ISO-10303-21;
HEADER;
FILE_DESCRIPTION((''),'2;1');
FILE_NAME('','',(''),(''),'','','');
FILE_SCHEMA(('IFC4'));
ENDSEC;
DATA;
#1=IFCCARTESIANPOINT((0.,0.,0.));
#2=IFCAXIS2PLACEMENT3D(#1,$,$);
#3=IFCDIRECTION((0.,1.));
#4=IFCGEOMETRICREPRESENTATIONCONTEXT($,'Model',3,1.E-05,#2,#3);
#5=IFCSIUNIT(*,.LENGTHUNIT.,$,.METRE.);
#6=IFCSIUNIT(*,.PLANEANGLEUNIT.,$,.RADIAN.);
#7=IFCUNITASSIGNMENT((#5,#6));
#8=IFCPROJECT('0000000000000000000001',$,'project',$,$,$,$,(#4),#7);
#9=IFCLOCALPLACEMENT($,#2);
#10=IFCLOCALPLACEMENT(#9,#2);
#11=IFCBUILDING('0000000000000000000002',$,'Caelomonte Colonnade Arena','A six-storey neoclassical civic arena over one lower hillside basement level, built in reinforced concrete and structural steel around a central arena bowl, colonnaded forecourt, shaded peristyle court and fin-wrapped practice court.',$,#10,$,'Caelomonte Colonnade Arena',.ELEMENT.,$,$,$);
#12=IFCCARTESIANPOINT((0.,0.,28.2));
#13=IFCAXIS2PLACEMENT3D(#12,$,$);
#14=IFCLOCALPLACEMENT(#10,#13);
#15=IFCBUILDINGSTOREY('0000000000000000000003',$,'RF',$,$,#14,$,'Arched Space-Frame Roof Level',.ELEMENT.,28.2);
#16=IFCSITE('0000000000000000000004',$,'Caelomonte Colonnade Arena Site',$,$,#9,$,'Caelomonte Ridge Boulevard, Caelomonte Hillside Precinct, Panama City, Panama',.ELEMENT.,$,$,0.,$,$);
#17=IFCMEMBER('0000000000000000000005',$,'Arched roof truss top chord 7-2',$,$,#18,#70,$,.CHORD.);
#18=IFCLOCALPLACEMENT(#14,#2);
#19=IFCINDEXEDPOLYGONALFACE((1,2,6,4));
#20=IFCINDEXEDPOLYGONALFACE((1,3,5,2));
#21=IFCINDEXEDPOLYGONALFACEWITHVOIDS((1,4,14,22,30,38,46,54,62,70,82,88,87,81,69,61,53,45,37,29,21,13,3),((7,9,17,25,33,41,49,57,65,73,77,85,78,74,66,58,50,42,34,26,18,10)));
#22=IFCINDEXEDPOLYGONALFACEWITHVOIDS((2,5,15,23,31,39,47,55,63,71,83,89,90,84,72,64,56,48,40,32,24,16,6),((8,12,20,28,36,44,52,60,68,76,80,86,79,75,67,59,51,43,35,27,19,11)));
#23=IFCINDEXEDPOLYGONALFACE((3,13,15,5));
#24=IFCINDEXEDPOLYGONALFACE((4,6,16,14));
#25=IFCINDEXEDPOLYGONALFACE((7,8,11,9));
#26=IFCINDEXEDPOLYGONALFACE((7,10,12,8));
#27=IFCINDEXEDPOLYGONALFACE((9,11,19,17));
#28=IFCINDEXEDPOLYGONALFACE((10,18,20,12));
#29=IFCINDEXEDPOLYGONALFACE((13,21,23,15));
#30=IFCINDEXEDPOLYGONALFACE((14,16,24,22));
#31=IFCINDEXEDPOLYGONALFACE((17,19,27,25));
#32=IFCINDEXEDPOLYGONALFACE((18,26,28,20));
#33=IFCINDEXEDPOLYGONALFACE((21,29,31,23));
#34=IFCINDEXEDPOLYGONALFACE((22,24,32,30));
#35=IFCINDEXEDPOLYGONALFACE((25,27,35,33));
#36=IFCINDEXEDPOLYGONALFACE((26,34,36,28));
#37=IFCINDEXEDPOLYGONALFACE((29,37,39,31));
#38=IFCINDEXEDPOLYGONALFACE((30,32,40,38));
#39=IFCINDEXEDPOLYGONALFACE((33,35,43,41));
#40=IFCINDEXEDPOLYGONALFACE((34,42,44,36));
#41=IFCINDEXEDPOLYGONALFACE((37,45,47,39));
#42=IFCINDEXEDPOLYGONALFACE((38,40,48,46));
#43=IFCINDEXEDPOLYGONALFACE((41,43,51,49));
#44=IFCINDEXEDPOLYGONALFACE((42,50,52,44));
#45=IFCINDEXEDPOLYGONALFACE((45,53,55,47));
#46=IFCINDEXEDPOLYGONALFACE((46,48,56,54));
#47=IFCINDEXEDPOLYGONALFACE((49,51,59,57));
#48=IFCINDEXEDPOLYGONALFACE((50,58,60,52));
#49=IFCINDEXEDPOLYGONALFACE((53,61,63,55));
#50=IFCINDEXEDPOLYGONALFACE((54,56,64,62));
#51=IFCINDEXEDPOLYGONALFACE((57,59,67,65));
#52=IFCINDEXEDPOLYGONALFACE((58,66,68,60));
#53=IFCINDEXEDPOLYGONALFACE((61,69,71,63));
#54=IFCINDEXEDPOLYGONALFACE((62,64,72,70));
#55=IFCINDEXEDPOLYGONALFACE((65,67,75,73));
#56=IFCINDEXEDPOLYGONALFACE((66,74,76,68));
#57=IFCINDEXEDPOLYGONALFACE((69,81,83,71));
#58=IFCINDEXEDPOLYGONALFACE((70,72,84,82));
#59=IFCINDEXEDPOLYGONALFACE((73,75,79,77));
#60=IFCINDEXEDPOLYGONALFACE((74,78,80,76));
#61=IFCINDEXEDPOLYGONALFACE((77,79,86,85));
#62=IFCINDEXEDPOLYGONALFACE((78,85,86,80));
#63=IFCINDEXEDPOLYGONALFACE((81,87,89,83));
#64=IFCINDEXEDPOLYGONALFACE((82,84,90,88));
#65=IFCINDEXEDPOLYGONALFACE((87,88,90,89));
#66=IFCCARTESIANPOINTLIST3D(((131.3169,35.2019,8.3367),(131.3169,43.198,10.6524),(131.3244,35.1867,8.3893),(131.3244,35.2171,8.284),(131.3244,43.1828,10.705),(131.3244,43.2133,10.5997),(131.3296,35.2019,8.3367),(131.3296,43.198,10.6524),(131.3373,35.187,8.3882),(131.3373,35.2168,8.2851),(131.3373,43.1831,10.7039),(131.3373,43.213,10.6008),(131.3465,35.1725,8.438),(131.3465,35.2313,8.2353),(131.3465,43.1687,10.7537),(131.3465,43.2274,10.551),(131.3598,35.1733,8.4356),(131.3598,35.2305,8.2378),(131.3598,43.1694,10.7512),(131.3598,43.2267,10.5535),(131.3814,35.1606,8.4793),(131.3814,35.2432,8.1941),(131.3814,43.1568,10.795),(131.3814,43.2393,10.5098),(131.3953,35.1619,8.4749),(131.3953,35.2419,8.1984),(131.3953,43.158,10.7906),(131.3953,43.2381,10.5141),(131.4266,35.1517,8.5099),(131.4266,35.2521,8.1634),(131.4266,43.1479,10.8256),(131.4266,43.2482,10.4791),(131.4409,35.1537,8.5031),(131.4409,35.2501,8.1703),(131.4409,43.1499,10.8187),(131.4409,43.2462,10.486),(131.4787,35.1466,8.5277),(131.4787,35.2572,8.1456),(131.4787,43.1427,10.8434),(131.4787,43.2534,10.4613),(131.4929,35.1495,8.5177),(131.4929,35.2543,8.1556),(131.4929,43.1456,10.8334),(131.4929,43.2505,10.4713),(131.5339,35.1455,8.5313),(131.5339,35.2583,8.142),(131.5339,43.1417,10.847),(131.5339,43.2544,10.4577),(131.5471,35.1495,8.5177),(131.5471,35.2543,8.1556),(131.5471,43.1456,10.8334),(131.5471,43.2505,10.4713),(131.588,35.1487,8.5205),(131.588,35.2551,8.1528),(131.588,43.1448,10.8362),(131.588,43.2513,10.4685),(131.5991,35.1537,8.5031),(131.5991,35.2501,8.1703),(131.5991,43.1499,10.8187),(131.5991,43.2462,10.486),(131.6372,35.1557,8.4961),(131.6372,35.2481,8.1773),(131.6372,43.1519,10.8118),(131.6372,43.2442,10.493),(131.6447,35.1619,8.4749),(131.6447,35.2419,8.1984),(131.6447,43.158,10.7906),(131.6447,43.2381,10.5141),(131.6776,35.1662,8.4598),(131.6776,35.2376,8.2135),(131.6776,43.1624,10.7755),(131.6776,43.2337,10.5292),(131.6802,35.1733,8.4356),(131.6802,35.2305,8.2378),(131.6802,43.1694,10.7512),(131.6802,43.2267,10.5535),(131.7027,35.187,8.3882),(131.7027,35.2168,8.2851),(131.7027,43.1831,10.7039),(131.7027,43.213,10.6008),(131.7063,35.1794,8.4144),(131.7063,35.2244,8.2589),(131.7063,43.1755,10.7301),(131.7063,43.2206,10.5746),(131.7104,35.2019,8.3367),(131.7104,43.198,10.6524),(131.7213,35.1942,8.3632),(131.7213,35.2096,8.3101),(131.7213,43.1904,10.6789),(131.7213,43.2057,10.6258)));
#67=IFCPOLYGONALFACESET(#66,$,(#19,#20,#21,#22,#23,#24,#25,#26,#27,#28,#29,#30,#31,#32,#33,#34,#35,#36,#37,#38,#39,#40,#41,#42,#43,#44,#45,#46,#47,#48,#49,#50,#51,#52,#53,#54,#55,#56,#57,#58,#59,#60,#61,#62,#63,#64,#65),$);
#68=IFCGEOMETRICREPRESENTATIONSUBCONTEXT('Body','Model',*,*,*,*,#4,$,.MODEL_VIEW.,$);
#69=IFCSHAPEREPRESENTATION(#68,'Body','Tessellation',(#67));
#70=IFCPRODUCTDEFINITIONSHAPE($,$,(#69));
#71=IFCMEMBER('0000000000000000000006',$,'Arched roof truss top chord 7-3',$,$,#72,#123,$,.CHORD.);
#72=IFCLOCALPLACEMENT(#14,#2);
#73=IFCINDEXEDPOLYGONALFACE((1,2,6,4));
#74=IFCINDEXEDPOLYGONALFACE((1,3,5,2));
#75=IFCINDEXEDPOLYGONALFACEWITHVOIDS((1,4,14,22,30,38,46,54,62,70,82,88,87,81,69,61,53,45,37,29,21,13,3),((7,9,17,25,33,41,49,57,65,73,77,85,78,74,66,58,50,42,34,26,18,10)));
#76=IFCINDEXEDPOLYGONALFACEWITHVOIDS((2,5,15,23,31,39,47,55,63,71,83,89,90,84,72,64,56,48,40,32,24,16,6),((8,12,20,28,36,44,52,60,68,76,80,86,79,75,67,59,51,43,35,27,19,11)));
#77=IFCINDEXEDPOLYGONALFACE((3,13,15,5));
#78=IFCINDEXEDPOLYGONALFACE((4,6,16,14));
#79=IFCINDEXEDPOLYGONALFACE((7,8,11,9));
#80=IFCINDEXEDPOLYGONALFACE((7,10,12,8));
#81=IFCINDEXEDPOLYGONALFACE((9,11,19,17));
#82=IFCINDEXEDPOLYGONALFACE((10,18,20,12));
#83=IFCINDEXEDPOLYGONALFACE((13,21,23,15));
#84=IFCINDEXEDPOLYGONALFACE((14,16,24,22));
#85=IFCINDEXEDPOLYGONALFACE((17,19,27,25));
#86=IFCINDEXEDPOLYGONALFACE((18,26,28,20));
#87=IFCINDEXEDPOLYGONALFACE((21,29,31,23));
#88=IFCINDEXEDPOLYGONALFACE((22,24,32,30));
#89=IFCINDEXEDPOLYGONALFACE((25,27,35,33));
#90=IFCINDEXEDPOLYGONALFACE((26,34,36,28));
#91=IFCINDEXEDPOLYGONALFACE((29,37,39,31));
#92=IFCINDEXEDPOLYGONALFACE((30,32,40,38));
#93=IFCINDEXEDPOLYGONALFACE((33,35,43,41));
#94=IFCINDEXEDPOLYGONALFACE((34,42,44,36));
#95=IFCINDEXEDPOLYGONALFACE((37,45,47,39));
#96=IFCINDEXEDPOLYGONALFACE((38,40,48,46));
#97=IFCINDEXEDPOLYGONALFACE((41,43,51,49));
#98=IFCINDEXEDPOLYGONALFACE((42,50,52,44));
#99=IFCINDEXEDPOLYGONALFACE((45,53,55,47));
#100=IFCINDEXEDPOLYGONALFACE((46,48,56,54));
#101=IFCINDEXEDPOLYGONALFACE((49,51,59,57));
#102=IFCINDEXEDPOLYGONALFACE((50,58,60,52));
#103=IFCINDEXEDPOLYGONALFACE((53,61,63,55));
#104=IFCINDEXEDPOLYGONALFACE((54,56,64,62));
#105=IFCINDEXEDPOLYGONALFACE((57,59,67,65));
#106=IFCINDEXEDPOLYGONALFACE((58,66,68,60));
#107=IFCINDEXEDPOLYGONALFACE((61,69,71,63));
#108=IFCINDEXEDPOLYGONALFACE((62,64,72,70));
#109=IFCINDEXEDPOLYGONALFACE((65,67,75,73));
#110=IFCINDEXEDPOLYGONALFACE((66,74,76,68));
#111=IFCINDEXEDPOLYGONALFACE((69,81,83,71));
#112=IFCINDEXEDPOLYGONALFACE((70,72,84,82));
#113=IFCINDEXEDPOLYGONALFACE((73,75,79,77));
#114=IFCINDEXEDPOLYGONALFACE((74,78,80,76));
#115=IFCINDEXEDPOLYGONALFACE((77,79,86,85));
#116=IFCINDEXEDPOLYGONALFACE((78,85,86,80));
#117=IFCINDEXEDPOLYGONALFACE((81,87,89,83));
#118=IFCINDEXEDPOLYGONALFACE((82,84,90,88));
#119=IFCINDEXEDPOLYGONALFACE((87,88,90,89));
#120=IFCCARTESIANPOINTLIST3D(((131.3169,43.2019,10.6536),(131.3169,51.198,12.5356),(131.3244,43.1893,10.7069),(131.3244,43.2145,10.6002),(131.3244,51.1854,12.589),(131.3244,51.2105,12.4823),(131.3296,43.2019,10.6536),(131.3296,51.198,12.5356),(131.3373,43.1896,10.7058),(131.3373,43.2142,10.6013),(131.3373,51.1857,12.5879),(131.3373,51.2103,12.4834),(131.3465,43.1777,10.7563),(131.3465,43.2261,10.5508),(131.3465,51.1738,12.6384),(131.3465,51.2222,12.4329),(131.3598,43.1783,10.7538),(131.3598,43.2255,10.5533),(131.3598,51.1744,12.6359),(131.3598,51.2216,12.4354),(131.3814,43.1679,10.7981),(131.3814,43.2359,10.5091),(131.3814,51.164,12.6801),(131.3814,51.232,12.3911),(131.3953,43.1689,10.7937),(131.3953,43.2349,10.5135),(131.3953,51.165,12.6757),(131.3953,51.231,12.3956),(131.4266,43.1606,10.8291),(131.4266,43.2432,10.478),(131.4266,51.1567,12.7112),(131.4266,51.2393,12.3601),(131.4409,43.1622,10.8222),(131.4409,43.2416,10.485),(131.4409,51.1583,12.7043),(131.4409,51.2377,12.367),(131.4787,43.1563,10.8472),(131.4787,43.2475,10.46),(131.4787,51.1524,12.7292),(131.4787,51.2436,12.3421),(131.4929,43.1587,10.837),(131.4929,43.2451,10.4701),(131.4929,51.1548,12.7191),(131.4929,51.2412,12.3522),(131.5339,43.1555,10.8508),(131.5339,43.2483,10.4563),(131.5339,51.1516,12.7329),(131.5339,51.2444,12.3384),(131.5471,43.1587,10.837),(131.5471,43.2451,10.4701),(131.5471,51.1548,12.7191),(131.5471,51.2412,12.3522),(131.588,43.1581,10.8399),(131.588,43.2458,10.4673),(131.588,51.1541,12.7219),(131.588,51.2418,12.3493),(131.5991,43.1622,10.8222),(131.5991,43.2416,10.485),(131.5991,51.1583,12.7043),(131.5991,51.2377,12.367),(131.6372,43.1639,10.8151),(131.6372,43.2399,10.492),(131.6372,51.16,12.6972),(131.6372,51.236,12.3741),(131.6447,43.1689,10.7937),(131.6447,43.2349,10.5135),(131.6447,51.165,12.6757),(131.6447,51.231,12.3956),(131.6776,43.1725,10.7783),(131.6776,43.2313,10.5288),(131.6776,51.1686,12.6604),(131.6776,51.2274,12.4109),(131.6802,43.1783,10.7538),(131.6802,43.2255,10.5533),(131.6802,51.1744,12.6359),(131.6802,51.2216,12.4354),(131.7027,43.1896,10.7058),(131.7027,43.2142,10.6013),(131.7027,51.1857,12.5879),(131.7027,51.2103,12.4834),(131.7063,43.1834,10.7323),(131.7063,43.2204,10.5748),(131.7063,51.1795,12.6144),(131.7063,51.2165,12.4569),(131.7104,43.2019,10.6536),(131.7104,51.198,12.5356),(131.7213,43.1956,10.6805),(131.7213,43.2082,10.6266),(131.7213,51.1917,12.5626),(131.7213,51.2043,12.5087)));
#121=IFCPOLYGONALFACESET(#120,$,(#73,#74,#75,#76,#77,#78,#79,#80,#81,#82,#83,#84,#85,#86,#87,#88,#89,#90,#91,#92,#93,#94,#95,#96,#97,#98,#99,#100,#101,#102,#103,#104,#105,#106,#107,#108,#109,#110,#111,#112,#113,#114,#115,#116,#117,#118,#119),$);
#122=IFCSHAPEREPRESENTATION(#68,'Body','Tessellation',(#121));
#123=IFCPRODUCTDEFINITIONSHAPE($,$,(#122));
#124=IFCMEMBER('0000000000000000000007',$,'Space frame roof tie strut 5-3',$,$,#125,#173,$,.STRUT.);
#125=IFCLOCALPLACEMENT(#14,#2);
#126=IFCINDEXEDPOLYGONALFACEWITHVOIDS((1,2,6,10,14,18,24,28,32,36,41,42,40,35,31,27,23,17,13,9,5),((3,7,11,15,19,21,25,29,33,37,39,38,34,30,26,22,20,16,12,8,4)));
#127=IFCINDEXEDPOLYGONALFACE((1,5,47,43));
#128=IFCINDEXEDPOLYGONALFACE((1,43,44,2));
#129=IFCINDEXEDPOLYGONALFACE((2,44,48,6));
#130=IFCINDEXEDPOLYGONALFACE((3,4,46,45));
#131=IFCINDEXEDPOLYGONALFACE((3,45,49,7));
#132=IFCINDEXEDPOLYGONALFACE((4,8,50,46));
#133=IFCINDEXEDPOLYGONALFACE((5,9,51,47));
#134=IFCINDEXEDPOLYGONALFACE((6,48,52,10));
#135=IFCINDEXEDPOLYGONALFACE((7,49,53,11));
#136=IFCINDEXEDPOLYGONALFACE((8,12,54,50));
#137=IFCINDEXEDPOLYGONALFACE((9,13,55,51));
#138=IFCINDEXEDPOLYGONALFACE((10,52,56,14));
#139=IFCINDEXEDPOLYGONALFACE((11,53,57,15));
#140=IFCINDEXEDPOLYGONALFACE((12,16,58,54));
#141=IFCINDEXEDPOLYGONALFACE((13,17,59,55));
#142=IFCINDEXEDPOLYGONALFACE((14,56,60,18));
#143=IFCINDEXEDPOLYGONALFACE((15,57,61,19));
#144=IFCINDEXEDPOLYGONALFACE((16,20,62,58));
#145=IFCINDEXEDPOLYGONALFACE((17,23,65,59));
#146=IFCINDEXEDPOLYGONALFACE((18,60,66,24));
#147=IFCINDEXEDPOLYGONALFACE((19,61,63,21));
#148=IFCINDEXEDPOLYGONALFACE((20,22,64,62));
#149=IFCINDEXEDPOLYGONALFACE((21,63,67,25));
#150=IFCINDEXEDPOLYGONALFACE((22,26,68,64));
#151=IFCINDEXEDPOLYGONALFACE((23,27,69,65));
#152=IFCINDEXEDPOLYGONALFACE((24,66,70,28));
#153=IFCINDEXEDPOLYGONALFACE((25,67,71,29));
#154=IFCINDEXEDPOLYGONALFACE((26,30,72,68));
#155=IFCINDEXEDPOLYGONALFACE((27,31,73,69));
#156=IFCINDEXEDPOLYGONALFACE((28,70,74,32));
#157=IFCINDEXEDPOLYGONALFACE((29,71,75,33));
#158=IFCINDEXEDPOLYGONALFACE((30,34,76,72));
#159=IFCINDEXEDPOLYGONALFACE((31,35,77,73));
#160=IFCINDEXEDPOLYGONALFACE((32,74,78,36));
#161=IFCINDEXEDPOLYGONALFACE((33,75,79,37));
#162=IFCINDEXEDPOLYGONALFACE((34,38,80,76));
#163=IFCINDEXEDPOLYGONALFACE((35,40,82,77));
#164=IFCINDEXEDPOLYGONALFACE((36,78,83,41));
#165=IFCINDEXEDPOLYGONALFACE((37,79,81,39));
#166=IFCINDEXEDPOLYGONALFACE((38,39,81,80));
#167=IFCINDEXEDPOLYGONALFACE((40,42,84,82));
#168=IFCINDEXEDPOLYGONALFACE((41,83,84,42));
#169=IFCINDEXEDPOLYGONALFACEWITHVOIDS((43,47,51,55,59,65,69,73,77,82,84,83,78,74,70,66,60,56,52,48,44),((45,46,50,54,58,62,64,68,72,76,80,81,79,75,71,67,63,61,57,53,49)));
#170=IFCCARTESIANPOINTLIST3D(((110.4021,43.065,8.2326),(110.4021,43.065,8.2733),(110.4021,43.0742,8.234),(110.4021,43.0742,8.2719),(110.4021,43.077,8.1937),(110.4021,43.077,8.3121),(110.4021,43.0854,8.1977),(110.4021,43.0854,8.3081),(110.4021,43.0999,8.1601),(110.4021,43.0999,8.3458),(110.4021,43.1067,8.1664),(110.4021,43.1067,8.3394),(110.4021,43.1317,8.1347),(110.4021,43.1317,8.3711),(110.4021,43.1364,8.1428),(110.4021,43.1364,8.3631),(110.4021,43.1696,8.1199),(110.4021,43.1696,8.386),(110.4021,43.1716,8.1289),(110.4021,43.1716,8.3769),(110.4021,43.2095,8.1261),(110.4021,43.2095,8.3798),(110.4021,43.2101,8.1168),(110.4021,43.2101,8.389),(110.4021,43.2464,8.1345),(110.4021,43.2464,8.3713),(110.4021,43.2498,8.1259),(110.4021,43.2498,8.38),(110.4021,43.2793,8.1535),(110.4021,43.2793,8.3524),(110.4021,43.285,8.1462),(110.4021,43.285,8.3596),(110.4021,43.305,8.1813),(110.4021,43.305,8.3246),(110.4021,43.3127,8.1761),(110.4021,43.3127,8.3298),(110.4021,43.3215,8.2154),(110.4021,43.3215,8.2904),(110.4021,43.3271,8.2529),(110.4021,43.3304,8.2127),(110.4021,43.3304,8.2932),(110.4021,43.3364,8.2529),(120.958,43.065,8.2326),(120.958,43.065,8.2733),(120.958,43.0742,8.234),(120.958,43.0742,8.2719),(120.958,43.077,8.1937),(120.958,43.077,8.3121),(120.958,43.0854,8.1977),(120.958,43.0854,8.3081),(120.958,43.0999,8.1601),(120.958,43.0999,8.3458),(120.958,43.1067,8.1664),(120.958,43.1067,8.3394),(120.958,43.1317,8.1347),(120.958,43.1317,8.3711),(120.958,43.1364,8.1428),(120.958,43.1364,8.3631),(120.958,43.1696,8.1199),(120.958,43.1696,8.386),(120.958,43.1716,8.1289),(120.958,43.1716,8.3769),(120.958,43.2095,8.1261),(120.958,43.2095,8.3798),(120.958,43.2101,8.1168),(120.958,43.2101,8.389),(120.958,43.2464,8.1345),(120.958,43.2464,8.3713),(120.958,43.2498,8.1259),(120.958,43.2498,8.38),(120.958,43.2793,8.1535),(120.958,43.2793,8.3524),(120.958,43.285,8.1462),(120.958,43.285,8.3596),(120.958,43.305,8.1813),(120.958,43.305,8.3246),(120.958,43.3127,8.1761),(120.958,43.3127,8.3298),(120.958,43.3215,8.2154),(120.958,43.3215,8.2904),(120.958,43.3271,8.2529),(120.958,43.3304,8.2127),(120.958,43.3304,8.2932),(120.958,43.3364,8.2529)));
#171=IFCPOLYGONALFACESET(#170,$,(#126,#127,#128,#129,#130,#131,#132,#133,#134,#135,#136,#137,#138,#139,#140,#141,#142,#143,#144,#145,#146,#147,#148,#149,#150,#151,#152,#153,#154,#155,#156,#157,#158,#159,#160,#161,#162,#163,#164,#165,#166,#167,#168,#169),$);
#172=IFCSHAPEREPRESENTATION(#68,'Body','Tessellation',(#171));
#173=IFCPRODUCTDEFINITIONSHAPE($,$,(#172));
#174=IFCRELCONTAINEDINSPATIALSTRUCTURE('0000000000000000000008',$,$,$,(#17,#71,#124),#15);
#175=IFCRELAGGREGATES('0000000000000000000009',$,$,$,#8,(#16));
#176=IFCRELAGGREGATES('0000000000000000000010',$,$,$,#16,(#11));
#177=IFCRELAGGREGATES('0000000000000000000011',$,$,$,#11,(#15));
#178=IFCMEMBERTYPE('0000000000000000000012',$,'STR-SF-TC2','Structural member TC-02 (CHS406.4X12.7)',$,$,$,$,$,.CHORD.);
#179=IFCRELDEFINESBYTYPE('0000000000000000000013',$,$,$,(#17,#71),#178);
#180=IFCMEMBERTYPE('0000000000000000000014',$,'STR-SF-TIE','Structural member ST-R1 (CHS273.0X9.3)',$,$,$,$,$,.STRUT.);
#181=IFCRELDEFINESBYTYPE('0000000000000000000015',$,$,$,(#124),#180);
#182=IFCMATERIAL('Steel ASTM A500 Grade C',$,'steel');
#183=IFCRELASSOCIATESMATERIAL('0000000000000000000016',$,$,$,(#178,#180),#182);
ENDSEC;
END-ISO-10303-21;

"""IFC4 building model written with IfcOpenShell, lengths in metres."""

from ifc_helpers import new_model, si_unit, direction, frame, origin, origin_2d, place, context, subcontext, project, spatial, hollow_circle, extrude, material, material_profile, profile_set, type_object, element, save


model = new_model("IFC4")

# Units and contexts
model_context = context("Model", 3, precision=1e-05, world=origin(), true_north=direction((0.0, 1.0)))
body_context = subcontext(model_context, "Body", "Model", "MODEL_VIEW")
ifc_project = project(units=[si_unit("LENGTHUNIT", "METRE"), si_unit("PLANEANGLEUNIT", "RADIAN")], contexts=[model_context])

# Site, building, storey
site_placement = place(None, origin())
site = spatial("IfcSite", under=ifc_project, at=site_placement, Name="Caelomonte Colonnade Arena Site", LongName="Caelomonte Ridge Boulevard, Caelomonte Hillside Precinct, Panama City, Panama", CompositionType="ELEMENT", RefElevation=0.0)
building_placement = place(site_placement, origin())
building = spatial("IfcBuilding", under=site, at=building_placement, Name="Caelomonte Colonnade Arena", Description="A six-storey neoclassical civic arena over one lower hillside basement level, built in reinforced concrete and structural steel around a central arena bowl, colonnaded forecourt, shaded peristyle court and fin-wrapped practice court.", LongName="Caelomonte Colonnade Arena", CompositionType="ELEMENT")
storey_placement = place(building_placement, frame((0.0, 0.0, 28.2)))
storey = spatial("IfcBuildingStorey", under=building, at=storey_placement, Name="RF", LongName="Arched Space-Frame Roof Level", CompositionType="ELEMENT", Elevation=28.2)

# Members
ifc_material_1 = material(Name="Steel ASTM A500 Grade C", Category="steel")
ifc_material_profile_1 = material_profile(ifc_material_1, hollow_circle(Radius=0.2031, WallThickness=0.0127, at=origin_2d()), Name="CHS406.4X12.7")
ifc_profile_set_1 = profile_set([ifc_material_profile_1], Name="Steel ASTM A500 Grade C")
member_type_1 = type_object("IfcMemberType", Name="STR-SF-TC2", Description="Structural member TC-02 (CHS406.4X12.7)", PredefinedType="CHORD", material=ifc_profile_set_1)
member_1_placement = place(storey_placement, frame((131.52, 35.2019, 8.3367), z_axis=(0.0, 0.960532, 0.278171), x_axis=(-1.0, 0.0, 0.0)))
element("IfcMember", 1, at=member_1_placement, inside=storey, type_object=member_type_1, Name="Arched roof truss top chord 7-2", PredefinedType="CHORD", context=body_context, shape_type="SweptSolid", body=[
    extrude(hollow_circle(Radius=0.2031, WallThickness=0.0127, at=origin_2d()), origin(), (0.0, 0.0, 1.0), 8.3247),
])
member_2_placement = place(storey_placement, frame((131.52, 43.2019, 10.6536), z_axis=(0.0, 0.9734, 0.229114), x_axis=(-1.0, 0.0, 0.0)))
element("IfcMember", 2, at=member_2_placement, inside=storey, type_object=member_type_1, Name="Arched roof truss top chord 7-3", PredefinedType="CHORD", context=body_context, shape_type="SweptSolid", body=[
    extrude(hollow_circle(Radius=0.2031, WallThickness=0.0127, at=origin_2d()), origin(), (0.0, 0.0, 1.0), 8.2146),
])
ifc_material_profile_2 = material_profile(ifc_material_1, hollow_circle(Radius=0.1365, WallThickness=0.0093, at=origin_2d()), Name="CHS273.0X9.3")
ifc_profile_set_2 = profile_set([ifc_material_profile_2], Name="Steel ASTM A500 Grade C")
member_type_2 = type_object("IfcMemberType", Name="STR-SF-TIE", Description="Structural member ST-R1 (CHS273.0X9.3)", PredefinedType="STRUT", material=ifc_profile_set_2)
for number, where, z_axis, x_axis, name in (
    (3, (110.4021, 43.2, 8.2529), (1.0, 0.0, 0.0), (0.0, 1.0, 0.0), "Space frame roof tie strut 5-3"),
):
    element("IfcMember", number, at=place(storey_placement, frame(where, z_axis=z_axis, x_axis=x_axis)), inside=storey, type_object=member_type_2, Name=name, PredefinedType="STRUT", context=body_context, shape_type="SweptSolid", body=[
        extrude(hollow_circle(Radius=0.1365, WallThickness=0.0093, at=origin_2d()), origin(), (0.0, 0.0, 1.0), 10.5559),
    ])

save(model, "model.ifc")
